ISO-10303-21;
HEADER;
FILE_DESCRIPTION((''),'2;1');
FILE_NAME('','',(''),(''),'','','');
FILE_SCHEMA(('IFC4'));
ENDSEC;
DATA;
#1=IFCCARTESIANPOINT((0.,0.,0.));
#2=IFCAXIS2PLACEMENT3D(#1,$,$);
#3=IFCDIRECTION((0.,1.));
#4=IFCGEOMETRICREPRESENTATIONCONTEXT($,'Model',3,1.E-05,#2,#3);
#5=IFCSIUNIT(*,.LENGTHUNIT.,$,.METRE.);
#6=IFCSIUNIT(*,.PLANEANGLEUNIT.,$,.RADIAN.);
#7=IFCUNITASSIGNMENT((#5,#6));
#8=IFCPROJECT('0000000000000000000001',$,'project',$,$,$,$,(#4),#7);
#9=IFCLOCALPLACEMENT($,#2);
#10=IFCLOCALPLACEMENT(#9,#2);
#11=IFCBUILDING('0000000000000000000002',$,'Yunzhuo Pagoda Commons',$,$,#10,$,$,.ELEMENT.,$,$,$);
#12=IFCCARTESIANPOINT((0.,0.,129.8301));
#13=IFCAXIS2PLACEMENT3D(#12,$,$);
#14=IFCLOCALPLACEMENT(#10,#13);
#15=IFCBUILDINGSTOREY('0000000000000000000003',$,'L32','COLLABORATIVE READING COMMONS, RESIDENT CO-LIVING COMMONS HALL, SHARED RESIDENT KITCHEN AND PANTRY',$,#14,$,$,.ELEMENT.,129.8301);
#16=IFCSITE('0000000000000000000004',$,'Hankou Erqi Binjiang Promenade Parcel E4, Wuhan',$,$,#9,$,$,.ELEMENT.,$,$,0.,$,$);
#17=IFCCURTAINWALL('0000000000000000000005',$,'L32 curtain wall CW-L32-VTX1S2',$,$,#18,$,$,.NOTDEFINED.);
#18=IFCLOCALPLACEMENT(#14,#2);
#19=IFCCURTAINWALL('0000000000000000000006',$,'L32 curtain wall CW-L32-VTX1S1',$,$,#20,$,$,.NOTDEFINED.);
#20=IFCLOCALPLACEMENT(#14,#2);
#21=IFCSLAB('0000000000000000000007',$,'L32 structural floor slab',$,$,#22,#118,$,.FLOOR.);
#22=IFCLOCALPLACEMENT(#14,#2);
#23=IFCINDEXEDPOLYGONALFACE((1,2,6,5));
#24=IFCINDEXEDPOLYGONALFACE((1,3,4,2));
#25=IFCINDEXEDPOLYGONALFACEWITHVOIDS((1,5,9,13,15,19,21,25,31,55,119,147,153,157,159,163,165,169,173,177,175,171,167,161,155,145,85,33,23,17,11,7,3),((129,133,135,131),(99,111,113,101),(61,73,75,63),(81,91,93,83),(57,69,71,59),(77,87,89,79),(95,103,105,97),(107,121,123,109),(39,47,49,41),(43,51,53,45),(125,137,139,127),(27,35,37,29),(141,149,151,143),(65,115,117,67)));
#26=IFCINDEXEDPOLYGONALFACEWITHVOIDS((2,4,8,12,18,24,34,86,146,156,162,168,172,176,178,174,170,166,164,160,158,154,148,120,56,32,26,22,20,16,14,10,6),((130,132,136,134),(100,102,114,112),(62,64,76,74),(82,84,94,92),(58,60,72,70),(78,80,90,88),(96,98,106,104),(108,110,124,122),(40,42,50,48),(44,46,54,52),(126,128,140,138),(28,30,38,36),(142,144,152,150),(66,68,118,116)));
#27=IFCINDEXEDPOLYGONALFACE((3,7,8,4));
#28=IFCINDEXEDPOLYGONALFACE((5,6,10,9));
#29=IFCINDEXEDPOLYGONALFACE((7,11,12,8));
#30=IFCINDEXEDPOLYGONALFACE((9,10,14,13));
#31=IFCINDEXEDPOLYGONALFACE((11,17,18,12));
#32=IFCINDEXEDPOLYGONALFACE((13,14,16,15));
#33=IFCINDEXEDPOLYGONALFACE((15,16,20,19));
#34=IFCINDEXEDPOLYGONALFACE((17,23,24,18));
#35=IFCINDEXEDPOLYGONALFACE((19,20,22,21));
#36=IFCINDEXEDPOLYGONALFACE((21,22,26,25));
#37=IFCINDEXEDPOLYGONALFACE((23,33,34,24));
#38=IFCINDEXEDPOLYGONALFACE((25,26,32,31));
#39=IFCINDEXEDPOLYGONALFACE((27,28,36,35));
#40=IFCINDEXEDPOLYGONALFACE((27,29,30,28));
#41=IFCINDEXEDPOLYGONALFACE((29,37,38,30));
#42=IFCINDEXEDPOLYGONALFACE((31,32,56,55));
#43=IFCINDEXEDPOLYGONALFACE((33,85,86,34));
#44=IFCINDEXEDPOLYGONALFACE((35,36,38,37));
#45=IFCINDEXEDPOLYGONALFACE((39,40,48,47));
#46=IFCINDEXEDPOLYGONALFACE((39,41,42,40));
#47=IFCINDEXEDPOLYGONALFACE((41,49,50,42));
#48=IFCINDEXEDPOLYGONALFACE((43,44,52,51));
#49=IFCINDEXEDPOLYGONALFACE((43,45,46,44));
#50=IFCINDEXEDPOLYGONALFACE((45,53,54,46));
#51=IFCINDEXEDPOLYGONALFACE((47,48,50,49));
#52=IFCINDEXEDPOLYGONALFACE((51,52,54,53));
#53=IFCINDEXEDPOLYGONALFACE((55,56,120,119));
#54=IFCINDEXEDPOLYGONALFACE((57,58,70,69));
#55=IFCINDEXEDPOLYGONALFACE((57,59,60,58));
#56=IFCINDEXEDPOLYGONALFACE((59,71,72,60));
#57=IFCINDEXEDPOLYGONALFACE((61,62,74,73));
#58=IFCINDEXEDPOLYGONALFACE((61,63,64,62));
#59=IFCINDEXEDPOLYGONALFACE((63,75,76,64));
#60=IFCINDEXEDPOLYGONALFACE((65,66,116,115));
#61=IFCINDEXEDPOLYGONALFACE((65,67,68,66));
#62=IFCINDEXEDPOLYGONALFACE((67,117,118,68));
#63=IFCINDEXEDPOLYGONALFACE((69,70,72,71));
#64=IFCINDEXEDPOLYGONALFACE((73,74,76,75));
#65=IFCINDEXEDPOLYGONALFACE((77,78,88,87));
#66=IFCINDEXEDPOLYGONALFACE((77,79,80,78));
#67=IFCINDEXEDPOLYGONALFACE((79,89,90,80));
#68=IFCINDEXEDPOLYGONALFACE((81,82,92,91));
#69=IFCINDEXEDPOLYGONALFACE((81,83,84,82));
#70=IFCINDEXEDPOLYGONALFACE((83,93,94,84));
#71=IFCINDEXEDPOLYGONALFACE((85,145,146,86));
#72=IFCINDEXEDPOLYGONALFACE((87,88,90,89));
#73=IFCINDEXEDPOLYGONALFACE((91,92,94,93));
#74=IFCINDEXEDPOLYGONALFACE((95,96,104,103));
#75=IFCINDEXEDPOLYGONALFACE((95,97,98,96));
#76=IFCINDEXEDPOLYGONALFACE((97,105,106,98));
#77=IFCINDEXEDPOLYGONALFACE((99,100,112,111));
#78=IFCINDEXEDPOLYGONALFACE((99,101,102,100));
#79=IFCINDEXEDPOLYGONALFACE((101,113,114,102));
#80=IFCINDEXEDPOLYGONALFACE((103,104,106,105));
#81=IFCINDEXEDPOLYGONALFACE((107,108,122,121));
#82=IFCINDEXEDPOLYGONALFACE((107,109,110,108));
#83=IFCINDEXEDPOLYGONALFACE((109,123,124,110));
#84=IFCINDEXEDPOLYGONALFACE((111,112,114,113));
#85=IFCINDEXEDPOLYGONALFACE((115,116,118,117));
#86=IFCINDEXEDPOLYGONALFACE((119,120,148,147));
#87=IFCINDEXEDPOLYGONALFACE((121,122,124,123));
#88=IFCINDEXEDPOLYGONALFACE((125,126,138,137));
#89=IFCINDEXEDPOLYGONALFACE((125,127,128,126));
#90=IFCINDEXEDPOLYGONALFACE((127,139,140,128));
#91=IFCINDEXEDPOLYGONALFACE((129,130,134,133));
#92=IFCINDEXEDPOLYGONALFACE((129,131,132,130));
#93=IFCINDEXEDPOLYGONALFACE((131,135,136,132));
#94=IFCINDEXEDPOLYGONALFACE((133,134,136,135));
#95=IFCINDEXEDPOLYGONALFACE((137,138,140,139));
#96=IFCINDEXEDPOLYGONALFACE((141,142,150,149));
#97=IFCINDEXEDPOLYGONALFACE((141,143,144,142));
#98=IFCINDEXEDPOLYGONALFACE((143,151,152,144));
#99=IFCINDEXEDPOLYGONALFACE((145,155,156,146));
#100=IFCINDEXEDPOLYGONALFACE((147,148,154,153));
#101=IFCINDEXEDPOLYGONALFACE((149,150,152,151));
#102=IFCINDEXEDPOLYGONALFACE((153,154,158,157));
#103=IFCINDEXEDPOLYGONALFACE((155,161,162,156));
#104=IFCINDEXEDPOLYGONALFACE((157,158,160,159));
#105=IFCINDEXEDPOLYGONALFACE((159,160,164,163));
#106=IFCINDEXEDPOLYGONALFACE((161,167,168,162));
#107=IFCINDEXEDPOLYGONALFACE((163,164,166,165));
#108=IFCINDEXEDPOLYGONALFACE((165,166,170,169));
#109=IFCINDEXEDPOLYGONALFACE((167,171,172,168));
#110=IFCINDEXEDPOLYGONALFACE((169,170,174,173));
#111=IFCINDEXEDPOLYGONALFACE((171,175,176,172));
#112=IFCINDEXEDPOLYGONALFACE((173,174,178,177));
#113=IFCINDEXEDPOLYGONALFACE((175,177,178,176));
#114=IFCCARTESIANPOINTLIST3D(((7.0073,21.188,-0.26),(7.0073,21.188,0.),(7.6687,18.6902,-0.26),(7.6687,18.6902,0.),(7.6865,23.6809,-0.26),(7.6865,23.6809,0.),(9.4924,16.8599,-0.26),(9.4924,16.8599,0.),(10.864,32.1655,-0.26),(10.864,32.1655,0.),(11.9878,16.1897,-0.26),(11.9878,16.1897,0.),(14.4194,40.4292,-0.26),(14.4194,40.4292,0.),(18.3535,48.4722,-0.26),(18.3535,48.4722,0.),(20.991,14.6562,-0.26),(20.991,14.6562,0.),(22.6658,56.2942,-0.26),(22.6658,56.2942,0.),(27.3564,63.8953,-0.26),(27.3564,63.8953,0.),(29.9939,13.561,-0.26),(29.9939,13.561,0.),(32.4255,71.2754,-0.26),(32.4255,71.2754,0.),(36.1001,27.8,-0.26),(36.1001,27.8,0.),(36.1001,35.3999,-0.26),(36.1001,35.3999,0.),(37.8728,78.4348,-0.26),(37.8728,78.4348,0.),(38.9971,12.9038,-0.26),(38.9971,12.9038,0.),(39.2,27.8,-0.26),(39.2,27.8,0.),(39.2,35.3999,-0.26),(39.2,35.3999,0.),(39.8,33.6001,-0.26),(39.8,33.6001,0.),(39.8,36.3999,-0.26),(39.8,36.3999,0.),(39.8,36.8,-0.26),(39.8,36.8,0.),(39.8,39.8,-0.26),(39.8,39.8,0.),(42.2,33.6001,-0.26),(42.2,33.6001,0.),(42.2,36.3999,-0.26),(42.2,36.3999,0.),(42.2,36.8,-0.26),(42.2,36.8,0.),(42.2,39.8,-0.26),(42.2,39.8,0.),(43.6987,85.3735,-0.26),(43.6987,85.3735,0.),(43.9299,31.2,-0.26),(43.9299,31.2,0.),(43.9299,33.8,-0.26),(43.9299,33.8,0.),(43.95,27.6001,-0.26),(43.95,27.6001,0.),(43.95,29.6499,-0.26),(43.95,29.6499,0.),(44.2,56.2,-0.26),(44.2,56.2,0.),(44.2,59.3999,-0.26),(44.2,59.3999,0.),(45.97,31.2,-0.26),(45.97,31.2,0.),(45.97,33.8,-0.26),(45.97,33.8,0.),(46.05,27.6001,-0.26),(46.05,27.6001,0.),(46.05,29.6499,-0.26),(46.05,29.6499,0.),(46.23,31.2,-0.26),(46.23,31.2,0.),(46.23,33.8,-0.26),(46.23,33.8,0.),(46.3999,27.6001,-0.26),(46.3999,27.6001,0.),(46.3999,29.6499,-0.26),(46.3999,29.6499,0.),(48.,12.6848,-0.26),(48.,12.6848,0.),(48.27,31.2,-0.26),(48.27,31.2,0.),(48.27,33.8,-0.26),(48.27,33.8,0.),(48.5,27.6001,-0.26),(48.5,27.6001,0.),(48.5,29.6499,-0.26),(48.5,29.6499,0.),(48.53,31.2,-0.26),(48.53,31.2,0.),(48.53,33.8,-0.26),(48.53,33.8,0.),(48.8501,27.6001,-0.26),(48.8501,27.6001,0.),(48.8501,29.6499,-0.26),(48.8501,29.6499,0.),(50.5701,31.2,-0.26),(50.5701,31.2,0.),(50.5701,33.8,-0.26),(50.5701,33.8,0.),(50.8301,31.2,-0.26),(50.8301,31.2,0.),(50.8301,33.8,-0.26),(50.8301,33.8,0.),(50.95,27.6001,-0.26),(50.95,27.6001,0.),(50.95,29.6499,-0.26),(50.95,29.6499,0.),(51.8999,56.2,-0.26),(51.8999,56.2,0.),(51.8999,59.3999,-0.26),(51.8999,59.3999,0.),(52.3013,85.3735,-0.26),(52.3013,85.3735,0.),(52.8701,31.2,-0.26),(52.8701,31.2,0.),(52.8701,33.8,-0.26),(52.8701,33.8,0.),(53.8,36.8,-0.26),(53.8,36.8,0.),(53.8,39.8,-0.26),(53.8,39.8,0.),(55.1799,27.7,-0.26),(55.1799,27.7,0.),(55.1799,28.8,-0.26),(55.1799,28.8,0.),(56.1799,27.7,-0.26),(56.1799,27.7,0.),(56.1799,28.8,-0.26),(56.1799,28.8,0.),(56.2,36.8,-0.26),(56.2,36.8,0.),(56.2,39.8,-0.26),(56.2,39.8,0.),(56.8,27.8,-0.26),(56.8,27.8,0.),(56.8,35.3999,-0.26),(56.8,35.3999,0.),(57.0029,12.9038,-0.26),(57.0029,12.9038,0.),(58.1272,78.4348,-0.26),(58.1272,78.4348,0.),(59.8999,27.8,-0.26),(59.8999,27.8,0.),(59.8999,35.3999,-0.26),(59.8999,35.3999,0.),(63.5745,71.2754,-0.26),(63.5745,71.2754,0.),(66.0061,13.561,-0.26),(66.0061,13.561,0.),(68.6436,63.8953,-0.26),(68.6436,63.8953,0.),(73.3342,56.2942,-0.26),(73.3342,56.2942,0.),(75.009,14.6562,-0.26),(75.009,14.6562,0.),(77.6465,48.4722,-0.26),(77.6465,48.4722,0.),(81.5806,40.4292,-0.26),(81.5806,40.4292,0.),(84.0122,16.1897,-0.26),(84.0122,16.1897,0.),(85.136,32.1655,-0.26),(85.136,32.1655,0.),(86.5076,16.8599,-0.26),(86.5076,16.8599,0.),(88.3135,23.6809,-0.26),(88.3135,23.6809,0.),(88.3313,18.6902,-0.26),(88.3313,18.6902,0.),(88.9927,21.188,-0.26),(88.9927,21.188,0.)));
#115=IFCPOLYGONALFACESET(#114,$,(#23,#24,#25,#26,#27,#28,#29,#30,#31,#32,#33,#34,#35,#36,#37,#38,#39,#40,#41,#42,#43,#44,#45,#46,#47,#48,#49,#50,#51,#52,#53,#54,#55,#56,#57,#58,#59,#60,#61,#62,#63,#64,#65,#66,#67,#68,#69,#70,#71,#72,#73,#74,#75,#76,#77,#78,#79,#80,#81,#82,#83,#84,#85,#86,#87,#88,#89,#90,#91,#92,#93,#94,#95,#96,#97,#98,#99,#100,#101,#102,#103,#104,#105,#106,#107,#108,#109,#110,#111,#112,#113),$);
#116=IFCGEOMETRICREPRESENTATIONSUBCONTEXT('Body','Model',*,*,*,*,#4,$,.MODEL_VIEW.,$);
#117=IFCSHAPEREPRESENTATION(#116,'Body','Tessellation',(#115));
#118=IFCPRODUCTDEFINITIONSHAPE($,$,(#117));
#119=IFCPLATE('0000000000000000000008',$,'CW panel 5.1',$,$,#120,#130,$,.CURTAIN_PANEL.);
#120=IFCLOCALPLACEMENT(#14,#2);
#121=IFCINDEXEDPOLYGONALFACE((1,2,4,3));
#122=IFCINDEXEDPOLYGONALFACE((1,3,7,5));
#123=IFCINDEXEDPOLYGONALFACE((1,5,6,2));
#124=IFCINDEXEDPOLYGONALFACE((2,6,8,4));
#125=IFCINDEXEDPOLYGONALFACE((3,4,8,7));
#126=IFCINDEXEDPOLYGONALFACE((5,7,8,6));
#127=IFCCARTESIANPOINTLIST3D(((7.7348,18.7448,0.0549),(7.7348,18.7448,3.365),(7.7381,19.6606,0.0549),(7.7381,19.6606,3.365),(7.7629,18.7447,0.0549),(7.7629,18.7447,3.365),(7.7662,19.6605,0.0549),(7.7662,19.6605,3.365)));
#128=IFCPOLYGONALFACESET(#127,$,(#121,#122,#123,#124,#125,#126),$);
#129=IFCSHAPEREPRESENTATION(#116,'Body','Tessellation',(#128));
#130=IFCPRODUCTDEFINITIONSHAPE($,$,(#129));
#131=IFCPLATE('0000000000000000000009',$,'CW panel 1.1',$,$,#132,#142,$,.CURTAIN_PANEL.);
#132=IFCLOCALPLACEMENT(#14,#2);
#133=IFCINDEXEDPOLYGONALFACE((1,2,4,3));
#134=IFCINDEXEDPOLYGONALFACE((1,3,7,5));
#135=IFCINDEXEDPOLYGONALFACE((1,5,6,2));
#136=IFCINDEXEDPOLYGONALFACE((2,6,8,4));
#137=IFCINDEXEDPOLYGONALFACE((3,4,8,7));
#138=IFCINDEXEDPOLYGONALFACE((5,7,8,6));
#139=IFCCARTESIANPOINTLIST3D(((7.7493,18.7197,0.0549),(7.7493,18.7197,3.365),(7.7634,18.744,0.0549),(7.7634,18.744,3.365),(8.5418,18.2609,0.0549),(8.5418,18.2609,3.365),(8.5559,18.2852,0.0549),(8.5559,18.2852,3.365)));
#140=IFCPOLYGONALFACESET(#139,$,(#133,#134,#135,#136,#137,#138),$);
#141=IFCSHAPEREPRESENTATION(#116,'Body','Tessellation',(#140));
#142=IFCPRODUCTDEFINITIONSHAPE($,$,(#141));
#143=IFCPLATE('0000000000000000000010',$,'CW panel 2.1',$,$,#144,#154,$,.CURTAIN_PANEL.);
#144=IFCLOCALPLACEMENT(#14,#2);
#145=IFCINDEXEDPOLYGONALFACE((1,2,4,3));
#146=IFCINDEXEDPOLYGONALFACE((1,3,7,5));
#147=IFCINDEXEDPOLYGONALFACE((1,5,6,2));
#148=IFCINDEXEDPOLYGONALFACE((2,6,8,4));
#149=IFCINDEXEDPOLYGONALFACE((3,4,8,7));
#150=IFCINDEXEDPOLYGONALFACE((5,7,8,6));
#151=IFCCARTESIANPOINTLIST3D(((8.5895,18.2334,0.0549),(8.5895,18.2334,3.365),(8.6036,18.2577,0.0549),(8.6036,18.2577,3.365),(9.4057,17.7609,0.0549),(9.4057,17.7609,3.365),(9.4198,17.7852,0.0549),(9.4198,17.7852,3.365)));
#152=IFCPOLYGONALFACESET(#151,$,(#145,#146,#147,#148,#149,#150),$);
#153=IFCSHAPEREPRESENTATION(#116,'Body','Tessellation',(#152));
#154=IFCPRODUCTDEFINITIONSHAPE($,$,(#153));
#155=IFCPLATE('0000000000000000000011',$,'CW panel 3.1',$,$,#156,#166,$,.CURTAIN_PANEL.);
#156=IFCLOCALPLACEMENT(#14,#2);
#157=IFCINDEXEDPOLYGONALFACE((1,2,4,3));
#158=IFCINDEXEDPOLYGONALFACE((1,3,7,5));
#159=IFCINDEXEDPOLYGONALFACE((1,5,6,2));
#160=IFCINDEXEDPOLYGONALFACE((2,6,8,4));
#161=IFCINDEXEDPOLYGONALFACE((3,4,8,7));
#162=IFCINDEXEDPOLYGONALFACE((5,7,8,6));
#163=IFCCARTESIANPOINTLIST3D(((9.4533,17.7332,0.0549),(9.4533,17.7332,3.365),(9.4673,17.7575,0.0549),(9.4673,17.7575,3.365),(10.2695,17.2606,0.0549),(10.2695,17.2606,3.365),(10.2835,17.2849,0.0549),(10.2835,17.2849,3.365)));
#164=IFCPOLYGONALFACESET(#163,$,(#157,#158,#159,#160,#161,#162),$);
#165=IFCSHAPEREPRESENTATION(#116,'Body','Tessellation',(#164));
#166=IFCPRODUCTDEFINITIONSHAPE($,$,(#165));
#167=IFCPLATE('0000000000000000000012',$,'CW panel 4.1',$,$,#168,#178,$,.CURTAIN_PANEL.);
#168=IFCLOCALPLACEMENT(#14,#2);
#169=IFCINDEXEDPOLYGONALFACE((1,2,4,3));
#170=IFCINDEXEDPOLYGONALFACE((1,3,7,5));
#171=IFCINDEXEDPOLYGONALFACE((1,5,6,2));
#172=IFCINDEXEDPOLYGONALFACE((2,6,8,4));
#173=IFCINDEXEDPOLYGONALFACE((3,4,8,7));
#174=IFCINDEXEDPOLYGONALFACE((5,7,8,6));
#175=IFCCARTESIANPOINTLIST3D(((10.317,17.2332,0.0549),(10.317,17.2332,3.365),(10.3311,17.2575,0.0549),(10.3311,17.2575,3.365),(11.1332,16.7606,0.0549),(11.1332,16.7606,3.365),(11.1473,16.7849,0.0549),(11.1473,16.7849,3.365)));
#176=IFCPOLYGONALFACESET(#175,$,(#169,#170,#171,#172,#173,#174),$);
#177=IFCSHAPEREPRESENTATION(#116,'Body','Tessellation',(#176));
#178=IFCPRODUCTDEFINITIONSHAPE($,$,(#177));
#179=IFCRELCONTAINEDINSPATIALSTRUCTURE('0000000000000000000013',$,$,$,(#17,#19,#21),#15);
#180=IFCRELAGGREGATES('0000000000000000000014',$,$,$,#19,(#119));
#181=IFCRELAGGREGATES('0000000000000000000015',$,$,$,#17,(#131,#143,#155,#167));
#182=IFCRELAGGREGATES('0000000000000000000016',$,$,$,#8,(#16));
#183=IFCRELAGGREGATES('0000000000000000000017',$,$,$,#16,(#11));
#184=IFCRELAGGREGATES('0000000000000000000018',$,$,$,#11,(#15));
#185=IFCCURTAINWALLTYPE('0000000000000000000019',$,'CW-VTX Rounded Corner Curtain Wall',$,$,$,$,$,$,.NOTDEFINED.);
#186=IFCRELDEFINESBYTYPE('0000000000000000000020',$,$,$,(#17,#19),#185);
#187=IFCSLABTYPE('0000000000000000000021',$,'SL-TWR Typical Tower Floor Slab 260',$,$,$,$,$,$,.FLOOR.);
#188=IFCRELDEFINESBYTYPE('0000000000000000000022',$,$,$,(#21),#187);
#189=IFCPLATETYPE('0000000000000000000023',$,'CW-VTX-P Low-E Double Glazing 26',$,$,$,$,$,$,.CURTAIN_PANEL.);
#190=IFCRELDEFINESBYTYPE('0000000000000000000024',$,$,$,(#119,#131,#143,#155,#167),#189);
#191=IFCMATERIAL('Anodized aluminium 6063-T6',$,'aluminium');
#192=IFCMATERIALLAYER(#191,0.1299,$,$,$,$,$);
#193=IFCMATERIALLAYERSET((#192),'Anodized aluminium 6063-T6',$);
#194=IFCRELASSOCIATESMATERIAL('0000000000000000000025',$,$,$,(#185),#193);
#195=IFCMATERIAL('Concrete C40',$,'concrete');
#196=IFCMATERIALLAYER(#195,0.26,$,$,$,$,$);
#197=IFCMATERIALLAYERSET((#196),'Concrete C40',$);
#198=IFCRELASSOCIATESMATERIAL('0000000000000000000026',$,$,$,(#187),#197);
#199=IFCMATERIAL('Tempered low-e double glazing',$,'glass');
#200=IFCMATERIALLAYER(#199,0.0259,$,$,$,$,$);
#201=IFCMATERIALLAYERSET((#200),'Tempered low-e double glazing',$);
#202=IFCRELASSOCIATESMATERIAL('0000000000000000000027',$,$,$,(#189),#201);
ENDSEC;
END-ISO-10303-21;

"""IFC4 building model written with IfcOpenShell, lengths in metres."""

from ifc_helpers import new_model, si_unit, direction, frame, origin, origin_2d, place, context, subcontext, project, spatial, polyline, rectangle, outline, extrude, source, transform, mapped, material, layer, layer_set, type_object, element, aggregate, save


model = new_model("IFC4")

# Units and contexts
model_context = context("Model", 3, precision=1e-05, world=origin(), true_north=direction((0.0, 1.0)))
body_context = subcontext(model_context, "Body", "Model", "MODEL_VIEW")
ifc_project = project(units=[si_unit("LENGTHUNIT", "METRE"), si_unit("PLANEANGLEUNIT", "RADIAN")], contexts=[model_context])

# Site, building, storey
site_placement = place(None, origin())
site = spatial("IfcSite", under=ifc_project, at=site_placement, Name="Hankou Erqi Binjiang Promenade Parcel E4, Wuhan", CompositionType="ELEMENT", RefElevation=0.0)
building_placement = place(site_placement, origin())
building = spatial("IfcBuilding", under=site, at=building_placement, Name="Yunzhuo Pagoda Commons", CompositionType="ELEMENT")
storey_placement = place(building_placement, frame((0.0, 0.0, 129.8301)))
storey = spatial("IfcBuildingStorey", under=building, at=storey_placement, Name="L32", Description="COLLABORATIVE READING COMMONS, RESIDENT CO-LIVING COMMONS HALL, SHARED RESIDENT KITCHEN AND PANTRY", CompositionType="ELEMENT", Elevation=129.8301)

# Curtain wall
ifc_material_1 = material(Name="Anodized aluminium 6063-T6", Category="aluminium")
ifc_layer_1 = layer(ifc_material_1, 0.1299)
ifc_layer_set_1 = layer_set([ifc_layer_1], Name="Anodized aluminium 6063-T6")
curtain_wall_type = type_object("IfcCurtainWallType", Name="CW-VTX Rounded Corner Curtain Wall", PredefinedType="NOTDEFINED", material=ifc_layer_set_1)
curtain_wall_1_placement = place(storey_placement, origin())
curtain_wall_1 = element("IfcCurtainWall", 1, at=curtain_wall_1_placement, inside=storey, type_object=curtain_wall_type, Name="L32 curtain wall CW-L32-VTX1S2", PredefinedType="NOTDEFINED")

# Curtain wall
curtain_wall_2_placement = place(storey_placement, origin())
curtain_wall_2 = element("IfcCurtainWall", 2, at=curtain_wall_2_placement, inside=storey, type_object=curtain_wall_type, Name="L32 curtain wall CW-L32-VTX1S1", PredefinedType="NOTDEFINED")

# Shared definitions
ifc_material_2 = material(Name="Concrete C40", Category="concrete")

# Slab
ifc_layer_2 = layer(ifc_material_2, 0.26)
ifc_layer_set_2 = layer_set([ifc_layer_2], Name="Concrete C40")
slab_type_1 = type_object("IfcSlabType", Name="SL-TWR Typical Tower Floor Slab 260", PredefinedType="FLOOR", material=ifc_layer_set_2)
slab_1_placement = place(storey_placement, frame((0.0, 0.0, -0.26)))
element("IfcSlab", 3, at=slab_1_placement, inside=storey, type_object=slab_type_1, Name="L32 structural floor slab", PredefinedType="FLOOR", context=body_context, shape_type="SweptSolid", body=[
    extrude(outline(polyline([(10.864, 32.1655), (14.4194, 40.4292), (18.3535, 48.4722), (22.6658, 56.2942), (27.3564, 63.8953), (32.4255, 71.2754), (37.8728, 78.4348), (43.6987, 85.3735), (52.3013, 85.3735), (58.1272, 78.4348), (63.5745, 71.2754), (68.6436, 63.8953), (73.3342, 56.2942), (77.6465, 48.4722), (81.5806, 40.4292), (85.136, 32.1655), (88.3135, 23.6809), (88.9927, 21.188), (88.3313, 18.6902), (86.5076, 16.8599), (84.0122, 16.1897), (75.009, 14.6562), (66.0061, 13.561), (57.0029, 12.9038), (48.0, 12.6848), (38.9971, 12.9038), (29.9939, 13.561), (20.991, 14.6562), (11.9878, 16.1897), (9.4924, 16.8599), (7.6687, 18.6902), (7.0073, 21.188), (7.6865, 23.6809), (10.864, 32.1655)]), holes=[polyline([(46.05, 29.6499), (43.95, 29.6499), (43.95, 27.6001), (46.05, 27.6001), (46.05, 29.6499)]), polyline([(48.5, 27.6001), (48.5, 29.6499), (46.3999, 29.6499), (46.3999, 27.6001), (48.5, 27.6001)]), polyline([(36.1001, 27.8), (39.2, 27.8), (39.2, 35.3999), (36.1001, 35.3999), (36.1001, 27.8)]), polyline([(45.97, 31.2), (45.97, 33.8), (43.9299, 33.8), (43.9299, 31.2), (45.97, 31.2)]), polyline([(48.27, 31.2), (48.27, 33.8), (46.23, 33.8), (46.23, 31.2), (48.27, 31.2)]), polyline([(42.2, 33.6001), (42.2, 36.3999), (39.8, 36.3999), (39.8, 33.6001), (42.2, 33.6001)]), polyline([(42.2, 36.8), (42.2, 39.8), (39.8, 39.8), (39.8, 36.8), (42.2, 36.8)]), polyline([(56.1799, 28.8), (55.1799, 28.8), (55.1799, 27.7), (56.1799, 27.7), (56.1799, 28.8)]), polyline([(50.95, 27.6001), (50.95, 29.6499), (48.8501, 29.6499), (48.8501, 27.6001), (50.95, 27.6001)]), polyline([(56.8, 27.8), (59.8999, 27.8), (59.8999, 35.3999), (56.8, 35.3999), (56.8, 27.8)]), polyline([(50.5701, 31.2), (50.5701, 33.8), (48.53, 33.8), (48.53, 31.2), (50.5701, 31.2)]), polyline([(52.8701, 31.2), (52.8701, 33.8), (50.8301, 33.8), (50.8301, 31.2), (52.8701, 31.2)]), polyline([(56.2, 36.8), (56.2, 39.8), (53.8, 39.8), (53.8, 36.8), (56.2, 36.8)]), polyline([(51.8999, 56.2), (51.8999, 59.3999), (44.2, 59.3999), (44.2, 56.2), (51.8999, 56.2)])]), origin(), (0.0, 0.0, 1.0), 0.26),
])

# Plates
ifc_material_3 = material(Name="Tempered low-e double glazing", Category="glass")
ifc_layer_3 = layer(ifc_material_3, 0.0259)
ifc_layer_set_3 = layer_set([ifc_layer_3], Name="Tempered low-e double glazing")
plate_type = type_object("IfcPlateType", Name="CW-VTX-P Low-E Double Glazing 26", PredefinedType="CURTAIN_PANEL", material=ifc_layer_set_3)
shared_shape_1 = source(origin(), body_context, "Body", "SweptSolid", [
    extrude(rectangle(XDim=0.9158, YDim=0.0281, at=origin_2d()), origin(), (0.0, 0.0, 1.0), 3.3101),
])
plate_1_placement = place(storey_placement, frame((7.7505, 19.2026, 0.0549), z_axis=(0.0, 0.0, 1.0), x_axis=(-0.003587, -0.999994, 0.0)))
plate_1 = element("IfcPlate", 4, at=plate_1_placement, type_object=plate_type, Name="CW panel 5.1", PredefinedType="CURTAIN_PANEL", context=body_context, shape_type="MappedRepresentation", body=[
    mapped(shared_shape_1, transform((0.0, 0.0, 0.0), scale=1.0)),
])
aggregate(curtain_wall_2, [plate_1])
plate_2_placement = place(storey_placement, frame((8.1526, 18.5024, 0.0549), z_axis=(0.0, 0.0, 1.0), x_axis=(0.865425, -0.501038, 0.0)))
plate_2 = element("IfcPlate", 5, at=plate_2_placement, type_object=plate_type, Name="CW panel 1.1", PredefinedType="CURTAIN_PANEL", context=body_context, shape_type="MappedRepresentation", body=[
    mapped(shared_shape_1, transform((0.0, 0.0, 0.0), scale=1.0)),
])
shared_shape_2 = source(origin(), body_context, "Body", "SweptSolid", [
    extrude(rectangle(XDim=0.9431, YDim=0.0281, at=origin_2d()), origin(), (0.0, 0.0, 1.0), 3.3101),
])
plate_3_placement = place(storey_placement, frame((9.0046, 18.0093, 0.0549), z_axis=(0.0, 0.0, 1.0), x_axis=(0.865425, -0.501038, 0.0)))
plate_3 = element("IfcPlate", 6, at=plate_3_placement, type_object=plate_type, Name="CW panel 2.1", PredefinedType="CURTAIN_PANEL", context=body_context, shape_type="MappedRepresentation", body=[
    mapped(shared_shape_2, transform((0.0, 0.0, 0.0), scale=1.0)),
])
plate_4_placement = place(storey_placement, frame((9.8684, 17.509, 0.0549), z_axis=(0.0, 0.0, 1.0), x_axis=(0.865425, -0.501038, 0.0)))
plate_4 = element("IfcPlate", 7, at=plate_4_placement, type_object=plate_type, Name="CW panel 3.1", PredefinedType="CURTAIN_PANEL", context=body_context, shape_type="MappedRepresentation", body=[
    mapped(shared_shape_2, transform((0.0, 0.0, 0.0), scale=1.0)),
])
plate_5_placement = place(storey_placement, frame((10.7322, 17.009, 0.0549), z_axis=(0.0, 0.0, 1.0), x_axis=(0.865425, -0.501038, 0.0)))
plate_5 = element("IfcPlate", 8, at=plate_5_placement, type_object=plate_type, Name="CW panel 4.1", PredefinedType="CURTAIN_PANEL", context=body_context, shape_type="MappedRepresentation", body=[
    mapped(shared_shape_2, transform((0.0, 0.0, 0.0), scale=1.0)),
])
aggregate(curtain_wall_1, [plate_2, plate_3, plate_4, plate_5])

save(model, "model.ifc")
